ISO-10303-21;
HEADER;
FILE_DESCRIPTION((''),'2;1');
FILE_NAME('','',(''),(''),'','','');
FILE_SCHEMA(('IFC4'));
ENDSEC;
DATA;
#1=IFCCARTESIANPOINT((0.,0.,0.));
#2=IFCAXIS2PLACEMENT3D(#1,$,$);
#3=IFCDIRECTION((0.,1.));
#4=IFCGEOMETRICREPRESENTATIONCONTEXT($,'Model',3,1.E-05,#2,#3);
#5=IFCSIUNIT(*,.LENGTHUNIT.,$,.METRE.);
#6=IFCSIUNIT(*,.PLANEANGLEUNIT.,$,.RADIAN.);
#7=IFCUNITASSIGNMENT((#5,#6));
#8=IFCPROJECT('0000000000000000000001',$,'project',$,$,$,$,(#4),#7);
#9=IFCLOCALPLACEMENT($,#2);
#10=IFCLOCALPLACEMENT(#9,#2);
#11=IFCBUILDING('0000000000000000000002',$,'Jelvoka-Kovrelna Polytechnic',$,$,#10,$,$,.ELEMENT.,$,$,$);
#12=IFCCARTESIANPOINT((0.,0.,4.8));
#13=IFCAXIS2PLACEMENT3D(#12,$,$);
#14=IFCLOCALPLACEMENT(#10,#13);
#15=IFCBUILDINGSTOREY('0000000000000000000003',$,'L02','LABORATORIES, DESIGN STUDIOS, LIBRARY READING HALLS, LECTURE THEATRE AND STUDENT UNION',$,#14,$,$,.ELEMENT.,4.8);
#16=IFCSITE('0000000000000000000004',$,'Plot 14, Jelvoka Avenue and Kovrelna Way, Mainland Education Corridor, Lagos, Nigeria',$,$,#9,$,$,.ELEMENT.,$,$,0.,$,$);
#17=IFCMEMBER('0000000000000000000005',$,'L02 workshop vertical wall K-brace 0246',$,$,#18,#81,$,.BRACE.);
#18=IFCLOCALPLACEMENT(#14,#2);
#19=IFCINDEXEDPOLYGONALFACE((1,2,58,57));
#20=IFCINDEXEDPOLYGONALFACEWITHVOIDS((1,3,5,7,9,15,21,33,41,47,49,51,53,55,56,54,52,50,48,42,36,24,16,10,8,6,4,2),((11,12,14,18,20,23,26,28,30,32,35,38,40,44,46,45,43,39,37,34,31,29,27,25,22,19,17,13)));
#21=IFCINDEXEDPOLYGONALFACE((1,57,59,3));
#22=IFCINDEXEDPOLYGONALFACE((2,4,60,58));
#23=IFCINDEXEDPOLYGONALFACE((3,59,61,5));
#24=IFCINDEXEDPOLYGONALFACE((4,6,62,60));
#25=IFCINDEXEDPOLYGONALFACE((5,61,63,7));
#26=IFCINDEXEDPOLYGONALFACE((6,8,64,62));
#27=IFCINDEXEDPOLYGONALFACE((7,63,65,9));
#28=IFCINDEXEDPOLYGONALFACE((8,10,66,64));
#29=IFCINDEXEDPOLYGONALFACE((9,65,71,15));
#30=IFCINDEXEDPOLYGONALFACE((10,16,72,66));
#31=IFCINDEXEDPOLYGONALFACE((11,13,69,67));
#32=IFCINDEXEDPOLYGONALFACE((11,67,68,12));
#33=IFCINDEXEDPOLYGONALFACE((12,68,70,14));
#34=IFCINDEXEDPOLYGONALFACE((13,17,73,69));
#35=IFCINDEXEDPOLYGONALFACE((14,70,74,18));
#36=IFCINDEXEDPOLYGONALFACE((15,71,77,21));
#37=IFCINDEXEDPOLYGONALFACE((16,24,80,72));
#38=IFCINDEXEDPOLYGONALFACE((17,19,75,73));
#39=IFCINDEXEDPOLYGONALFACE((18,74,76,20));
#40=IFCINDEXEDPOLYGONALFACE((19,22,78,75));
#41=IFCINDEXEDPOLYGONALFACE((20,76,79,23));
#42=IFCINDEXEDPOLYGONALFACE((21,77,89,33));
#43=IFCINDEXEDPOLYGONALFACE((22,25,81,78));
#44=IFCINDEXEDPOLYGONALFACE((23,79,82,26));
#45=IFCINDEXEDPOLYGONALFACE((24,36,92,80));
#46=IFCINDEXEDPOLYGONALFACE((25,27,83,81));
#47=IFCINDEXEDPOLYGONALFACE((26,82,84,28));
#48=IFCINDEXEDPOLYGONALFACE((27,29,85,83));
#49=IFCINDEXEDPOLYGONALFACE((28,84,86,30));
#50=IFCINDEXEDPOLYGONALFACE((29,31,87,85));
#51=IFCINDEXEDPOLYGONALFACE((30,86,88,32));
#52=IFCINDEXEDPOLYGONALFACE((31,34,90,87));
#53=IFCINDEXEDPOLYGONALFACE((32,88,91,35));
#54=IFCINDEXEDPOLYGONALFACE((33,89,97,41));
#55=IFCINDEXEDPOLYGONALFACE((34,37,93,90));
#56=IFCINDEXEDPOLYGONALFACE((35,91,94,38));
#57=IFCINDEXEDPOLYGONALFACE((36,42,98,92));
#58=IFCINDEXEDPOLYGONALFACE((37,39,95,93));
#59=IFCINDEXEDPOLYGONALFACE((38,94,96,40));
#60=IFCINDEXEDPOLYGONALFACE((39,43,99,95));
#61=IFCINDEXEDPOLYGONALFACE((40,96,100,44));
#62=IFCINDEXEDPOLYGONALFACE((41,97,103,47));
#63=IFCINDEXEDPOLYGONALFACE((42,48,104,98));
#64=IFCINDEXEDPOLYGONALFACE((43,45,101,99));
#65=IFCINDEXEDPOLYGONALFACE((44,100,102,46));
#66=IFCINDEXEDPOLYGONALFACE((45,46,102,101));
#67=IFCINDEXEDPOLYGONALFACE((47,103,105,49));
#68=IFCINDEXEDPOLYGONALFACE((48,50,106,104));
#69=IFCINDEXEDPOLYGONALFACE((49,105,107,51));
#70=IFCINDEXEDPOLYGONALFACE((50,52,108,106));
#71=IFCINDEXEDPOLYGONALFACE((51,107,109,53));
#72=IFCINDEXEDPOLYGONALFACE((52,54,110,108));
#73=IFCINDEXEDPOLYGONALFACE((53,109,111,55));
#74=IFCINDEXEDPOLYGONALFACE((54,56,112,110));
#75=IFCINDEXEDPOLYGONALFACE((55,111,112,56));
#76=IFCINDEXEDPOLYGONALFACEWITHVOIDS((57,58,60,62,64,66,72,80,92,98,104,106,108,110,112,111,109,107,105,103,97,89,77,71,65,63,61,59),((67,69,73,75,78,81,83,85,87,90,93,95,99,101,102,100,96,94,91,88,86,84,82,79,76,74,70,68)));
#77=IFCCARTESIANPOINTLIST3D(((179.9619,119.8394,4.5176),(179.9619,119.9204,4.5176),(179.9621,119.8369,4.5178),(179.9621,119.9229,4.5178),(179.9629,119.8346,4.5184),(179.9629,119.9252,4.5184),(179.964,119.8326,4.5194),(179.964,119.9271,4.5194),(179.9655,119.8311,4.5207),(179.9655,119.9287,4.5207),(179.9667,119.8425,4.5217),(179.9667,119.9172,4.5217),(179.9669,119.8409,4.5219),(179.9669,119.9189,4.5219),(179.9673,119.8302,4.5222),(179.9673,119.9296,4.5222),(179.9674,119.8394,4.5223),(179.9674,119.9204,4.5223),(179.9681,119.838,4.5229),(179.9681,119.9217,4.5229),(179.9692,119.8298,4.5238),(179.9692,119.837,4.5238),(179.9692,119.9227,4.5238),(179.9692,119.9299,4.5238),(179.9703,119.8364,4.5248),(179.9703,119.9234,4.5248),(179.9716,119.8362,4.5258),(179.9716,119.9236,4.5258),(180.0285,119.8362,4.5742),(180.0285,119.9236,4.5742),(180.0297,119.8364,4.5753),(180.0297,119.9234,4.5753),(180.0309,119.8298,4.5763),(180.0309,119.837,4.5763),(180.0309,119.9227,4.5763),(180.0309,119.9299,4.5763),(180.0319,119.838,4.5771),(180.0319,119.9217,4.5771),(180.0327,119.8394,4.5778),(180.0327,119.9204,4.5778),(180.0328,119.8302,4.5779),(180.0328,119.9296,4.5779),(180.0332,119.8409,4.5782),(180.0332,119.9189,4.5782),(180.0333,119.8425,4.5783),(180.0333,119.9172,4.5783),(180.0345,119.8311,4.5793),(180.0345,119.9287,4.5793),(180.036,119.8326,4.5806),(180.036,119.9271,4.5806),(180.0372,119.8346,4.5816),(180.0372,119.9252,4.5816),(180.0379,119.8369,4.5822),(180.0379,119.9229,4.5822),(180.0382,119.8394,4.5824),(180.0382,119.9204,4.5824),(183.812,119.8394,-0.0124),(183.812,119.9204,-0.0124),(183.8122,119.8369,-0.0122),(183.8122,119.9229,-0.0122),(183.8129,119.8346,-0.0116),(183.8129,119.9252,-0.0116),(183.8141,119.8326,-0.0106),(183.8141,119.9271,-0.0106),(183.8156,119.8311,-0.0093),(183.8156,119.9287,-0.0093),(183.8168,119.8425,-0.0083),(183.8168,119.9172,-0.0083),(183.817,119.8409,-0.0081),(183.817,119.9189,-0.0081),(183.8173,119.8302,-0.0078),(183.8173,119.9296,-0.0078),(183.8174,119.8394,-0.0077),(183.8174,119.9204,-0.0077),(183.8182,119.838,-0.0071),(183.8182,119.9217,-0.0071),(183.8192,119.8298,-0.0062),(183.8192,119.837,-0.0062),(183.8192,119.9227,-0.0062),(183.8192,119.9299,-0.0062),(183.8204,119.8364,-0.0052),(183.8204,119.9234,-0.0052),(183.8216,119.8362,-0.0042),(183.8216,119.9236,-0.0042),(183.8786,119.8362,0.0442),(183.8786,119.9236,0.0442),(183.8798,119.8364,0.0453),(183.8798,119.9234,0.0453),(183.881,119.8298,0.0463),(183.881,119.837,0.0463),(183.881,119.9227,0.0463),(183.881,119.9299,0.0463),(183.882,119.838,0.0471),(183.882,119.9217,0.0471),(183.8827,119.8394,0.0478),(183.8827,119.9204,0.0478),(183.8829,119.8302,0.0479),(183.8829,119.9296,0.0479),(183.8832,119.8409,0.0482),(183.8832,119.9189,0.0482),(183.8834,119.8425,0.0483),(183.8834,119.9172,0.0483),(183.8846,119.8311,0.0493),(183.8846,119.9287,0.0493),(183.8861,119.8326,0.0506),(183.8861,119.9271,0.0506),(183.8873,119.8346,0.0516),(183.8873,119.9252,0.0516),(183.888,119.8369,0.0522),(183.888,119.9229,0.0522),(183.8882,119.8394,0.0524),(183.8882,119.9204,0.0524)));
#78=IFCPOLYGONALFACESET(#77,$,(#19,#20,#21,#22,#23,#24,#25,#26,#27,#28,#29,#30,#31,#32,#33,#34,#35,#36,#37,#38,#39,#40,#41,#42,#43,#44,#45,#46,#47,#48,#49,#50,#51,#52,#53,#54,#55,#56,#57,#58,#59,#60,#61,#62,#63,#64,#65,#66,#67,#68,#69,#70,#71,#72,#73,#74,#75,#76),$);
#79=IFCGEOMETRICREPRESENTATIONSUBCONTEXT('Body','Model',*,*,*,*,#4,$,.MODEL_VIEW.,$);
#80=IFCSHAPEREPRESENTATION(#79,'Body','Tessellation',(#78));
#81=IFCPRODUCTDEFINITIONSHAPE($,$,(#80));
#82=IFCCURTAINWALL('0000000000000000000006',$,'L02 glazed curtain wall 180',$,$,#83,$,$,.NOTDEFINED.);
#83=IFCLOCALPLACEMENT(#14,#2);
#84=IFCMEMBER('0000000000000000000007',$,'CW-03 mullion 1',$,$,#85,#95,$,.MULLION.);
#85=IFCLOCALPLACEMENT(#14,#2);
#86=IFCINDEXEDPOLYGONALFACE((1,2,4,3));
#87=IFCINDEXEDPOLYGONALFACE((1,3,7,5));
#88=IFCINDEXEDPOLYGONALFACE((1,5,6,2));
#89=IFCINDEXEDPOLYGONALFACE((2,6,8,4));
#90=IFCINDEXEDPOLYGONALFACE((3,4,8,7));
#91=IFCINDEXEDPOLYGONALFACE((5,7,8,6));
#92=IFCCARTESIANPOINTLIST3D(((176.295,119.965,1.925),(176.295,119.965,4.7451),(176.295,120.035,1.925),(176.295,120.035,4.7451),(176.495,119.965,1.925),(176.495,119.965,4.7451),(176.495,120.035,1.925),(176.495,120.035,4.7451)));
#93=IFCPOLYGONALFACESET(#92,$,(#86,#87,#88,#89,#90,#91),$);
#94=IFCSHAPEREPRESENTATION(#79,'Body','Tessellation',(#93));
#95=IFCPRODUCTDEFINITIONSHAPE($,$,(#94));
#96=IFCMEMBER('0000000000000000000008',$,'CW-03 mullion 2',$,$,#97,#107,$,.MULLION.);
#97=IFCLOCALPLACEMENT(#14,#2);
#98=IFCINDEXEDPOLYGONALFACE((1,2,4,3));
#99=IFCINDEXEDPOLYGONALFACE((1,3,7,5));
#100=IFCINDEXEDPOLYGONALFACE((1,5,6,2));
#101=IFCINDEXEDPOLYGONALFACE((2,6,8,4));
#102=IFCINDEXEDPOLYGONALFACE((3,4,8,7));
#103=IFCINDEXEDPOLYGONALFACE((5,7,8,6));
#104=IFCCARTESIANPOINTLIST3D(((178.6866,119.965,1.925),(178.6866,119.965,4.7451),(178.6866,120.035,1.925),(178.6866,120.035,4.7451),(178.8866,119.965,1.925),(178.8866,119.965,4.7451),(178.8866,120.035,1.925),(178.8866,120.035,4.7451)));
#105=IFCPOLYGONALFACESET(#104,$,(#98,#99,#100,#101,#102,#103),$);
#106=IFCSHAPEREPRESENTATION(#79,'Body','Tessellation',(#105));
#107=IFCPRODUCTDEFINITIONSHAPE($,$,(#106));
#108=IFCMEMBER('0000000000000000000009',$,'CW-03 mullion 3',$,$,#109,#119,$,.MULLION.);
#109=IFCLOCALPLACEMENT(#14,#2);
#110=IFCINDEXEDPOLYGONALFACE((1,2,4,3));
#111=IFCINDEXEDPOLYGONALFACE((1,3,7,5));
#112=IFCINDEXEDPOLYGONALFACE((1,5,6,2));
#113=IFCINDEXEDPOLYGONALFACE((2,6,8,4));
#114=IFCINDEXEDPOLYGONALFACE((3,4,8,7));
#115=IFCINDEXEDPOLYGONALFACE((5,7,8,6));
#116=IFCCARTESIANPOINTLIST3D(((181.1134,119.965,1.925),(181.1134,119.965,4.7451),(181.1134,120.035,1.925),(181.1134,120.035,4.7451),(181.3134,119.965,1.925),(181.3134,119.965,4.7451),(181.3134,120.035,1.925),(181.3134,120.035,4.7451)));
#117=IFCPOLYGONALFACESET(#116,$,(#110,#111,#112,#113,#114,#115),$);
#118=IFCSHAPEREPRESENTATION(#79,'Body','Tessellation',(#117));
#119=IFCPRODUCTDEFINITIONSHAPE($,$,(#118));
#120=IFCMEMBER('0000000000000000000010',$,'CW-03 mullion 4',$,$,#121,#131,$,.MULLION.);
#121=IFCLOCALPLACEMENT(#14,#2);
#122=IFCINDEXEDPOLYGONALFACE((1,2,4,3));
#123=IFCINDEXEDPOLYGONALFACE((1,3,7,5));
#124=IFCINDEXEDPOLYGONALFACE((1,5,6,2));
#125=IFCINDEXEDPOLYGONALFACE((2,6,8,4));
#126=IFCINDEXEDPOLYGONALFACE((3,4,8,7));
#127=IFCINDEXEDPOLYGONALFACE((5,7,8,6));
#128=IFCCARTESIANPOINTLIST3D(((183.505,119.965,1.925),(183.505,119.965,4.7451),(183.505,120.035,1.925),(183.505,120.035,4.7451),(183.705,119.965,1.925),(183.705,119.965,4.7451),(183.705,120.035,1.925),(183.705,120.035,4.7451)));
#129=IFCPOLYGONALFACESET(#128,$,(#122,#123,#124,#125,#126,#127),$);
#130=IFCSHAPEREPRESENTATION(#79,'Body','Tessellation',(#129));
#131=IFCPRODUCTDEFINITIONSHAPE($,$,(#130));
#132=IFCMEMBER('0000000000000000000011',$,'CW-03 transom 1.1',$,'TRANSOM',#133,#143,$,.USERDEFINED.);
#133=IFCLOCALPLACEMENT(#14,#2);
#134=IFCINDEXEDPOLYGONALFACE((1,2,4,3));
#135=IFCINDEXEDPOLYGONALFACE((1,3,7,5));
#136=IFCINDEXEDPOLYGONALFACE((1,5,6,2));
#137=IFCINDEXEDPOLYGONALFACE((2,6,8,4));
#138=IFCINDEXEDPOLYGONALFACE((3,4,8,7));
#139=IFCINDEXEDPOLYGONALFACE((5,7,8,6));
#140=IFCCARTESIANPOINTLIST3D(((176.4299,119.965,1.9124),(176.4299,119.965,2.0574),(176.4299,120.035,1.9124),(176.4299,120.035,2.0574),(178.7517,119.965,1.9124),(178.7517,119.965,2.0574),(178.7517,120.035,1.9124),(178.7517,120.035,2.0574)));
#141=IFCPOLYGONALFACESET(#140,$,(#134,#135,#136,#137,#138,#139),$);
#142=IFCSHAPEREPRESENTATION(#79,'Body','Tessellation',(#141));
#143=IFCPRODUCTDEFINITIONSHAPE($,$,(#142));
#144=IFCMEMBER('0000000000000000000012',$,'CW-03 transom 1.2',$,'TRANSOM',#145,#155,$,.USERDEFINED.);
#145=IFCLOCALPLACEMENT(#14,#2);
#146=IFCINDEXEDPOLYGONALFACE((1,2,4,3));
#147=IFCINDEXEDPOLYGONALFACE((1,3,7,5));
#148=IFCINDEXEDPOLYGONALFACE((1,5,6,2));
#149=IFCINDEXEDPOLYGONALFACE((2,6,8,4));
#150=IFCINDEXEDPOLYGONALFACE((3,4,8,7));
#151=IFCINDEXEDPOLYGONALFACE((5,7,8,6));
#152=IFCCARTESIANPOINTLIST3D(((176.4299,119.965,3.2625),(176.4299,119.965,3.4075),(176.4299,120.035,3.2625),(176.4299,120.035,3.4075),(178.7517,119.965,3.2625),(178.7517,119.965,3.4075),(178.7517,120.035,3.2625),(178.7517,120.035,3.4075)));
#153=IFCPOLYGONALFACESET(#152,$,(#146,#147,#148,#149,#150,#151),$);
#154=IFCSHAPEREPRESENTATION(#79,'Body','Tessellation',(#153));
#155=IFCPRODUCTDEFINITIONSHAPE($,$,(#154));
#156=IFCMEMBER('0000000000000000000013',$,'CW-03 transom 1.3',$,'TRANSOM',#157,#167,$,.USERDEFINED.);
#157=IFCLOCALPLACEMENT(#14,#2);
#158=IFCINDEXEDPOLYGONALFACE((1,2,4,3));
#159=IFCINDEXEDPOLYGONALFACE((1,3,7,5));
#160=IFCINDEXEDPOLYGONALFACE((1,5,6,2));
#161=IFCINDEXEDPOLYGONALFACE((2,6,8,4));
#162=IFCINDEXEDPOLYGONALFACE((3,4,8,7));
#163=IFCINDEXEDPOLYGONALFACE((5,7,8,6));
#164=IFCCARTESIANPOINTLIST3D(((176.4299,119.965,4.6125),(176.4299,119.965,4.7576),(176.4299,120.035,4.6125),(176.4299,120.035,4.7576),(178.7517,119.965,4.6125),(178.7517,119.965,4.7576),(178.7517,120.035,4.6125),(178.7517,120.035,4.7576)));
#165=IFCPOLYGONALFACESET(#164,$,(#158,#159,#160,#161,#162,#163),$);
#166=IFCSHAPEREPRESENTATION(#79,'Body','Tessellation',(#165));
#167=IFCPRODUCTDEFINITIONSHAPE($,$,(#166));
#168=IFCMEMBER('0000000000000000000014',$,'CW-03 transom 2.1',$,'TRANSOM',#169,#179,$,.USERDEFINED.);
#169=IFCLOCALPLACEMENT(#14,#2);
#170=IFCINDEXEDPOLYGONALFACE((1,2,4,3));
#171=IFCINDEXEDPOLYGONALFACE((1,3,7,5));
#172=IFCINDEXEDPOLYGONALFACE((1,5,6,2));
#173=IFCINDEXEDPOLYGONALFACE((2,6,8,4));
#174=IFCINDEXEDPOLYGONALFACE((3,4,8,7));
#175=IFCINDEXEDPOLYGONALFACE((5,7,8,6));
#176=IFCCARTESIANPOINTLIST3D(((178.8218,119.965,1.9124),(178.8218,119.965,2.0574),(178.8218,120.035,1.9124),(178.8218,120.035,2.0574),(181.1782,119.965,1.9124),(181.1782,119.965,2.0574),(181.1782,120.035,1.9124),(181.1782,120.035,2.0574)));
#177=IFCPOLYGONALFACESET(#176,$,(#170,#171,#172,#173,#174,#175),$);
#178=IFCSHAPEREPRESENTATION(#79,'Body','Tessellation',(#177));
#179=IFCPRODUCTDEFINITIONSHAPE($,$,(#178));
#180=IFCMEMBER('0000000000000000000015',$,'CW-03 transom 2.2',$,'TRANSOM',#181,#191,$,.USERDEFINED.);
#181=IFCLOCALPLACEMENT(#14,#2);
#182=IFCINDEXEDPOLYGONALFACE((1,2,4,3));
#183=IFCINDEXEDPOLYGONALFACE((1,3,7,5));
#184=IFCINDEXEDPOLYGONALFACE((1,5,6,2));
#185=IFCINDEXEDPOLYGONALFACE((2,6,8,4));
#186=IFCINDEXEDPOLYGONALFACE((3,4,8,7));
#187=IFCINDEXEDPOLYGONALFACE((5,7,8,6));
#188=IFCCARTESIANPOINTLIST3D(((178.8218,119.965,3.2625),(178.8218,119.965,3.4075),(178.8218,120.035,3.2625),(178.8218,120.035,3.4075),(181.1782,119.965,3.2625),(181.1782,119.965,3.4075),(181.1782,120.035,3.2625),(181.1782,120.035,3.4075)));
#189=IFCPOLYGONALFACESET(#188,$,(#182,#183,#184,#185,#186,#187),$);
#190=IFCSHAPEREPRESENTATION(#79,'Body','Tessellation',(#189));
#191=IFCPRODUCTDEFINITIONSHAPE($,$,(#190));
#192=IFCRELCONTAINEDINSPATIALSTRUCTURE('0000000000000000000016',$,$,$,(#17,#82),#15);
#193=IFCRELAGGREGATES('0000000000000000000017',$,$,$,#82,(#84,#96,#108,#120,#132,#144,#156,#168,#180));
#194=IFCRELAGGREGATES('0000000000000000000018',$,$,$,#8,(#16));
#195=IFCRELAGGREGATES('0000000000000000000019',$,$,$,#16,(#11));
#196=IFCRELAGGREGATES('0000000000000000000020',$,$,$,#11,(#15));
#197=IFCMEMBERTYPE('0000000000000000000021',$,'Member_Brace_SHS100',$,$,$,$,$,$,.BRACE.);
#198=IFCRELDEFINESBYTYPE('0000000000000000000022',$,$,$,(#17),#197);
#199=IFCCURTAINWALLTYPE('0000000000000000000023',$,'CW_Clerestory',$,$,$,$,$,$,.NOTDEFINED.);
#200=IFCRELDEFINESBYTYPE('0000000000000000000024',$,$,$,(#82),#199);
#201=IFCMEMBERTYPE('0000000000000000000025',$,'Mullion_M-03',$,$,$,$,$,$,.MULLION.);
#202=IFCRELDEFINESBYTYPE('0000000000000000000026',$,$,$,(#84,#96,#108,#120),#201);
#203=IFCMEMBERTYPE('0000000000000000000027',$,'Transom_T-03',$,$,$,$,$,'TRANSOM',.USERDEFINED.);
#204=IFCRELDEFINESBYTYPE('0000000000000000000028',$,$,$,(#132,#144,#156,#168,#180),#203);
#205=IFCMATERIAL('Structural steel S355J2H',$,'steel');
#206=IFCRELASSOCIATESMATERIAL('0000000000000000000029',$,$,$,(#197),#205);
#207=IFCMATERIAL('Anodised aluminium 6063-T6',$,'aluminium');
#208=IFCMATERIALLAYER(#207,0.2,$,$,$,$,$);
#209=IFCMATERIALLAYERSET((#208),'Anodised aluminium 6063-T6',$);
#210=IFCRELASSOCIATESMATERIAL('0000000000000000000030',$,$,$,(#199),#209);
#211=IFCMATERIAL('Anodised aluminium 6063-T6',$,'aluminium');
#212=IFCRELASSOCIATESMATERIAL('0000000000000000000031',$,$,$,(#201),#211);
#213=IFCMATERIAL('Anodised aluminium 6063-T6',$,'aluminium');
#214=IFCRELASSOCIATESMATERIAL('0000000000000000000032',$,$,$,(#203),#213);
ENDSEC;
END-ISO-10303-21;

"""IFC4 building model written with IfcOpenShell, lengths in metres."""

from ifc_helpers import new_model, si_unit, direction, frame, origin, origin_2d, place, context, subcontext, project, spatial, rectangle, hollow_rectangle, extrude, material, layer, layer_set, material_profile, profile_set, type_object, element, aggregate, save


model = new_model("IFC4")

# Units and contexts
model_context = context("Model", 3, precision=1e-05, world=origin(), true_north=direction((0.0, 1.0)))
body_context = subcontext(model_context, "Body", "Model", "MODEL_VIEW")
ifc_project = project(units=[si_unit("LENGTHUNIT", "METRE"), si_unit("PLANEANGLEUNIT", "RADIAN")], contexts=[model_context])

# Site, building, storey
site_placement = place(None, origin())
site = spatial("IfcSite", under=ifc_project, at=site_placement, Name="Plot 14, Jelvoka Avenue and Kovrelna Way, Mainland Education Corridor, Lagos, Nigeria", CompositionType="ELEMENT", RefElevation=0.0)
building_placement = place(site_placement, origin())
building = spatial("IfcBuilding", under=site, at=building_placement, Name="Jelvoka-Kovrelna Polytechnic", CompositionType="ELEMENT")
storey_placement = place(building_placement, frame((0.0, 0.0, 4.8)))
storey = spatial("IfcBuildingStorey", under=building, at=storey_placement, Name="L02", Description="LABORATORIES, DESIGN STUDIOS, LIBRARY READING HALLS, LECTURE THEATRE AND STUDENT UNION", CompositionType="ELEMENT", Elevation=4.8)

# Member
ifc_material_1 = material(Name="Structural steel S355J2H", Category="steel")
ifc_material_profile_1 = material_profile(ifc_material_1, hollow_rectangle(XDim=0.1001, YDim=0.1001, WallThickness=0.0063, InnerFilletRadius=0.0063, OuterFilletRadius=0.0095, at=origin_2d()), Name="100x100x6.3 SHS")
ifc_profile_set_1 = profile_set([ifc_material_profile_1], Name="Structural steel S355J2H")
member_type_1 = type_object("IfcMemberType", Name="Member_Brace_SHS100", PredefinedType="BRACE", material=ifc_profile_set_1)
for number, where, z_axis, x_axis, name in (
    (1, (183.8501, 119.8799, 0.02), (-0.647607, 0.0, 0.761975), (0.0, -1.0, 0.0), "L02 workshop vertical wall K-brace 0246"),
):
    element("IfcMember", number, at=place(storey_placement, frame(where, z_axis=z_axis, x_axis=x_axis)), inside=storey, type_object=member_type_1, Name=name, PredefinedType="BRACE", context=body_context, shape_type="SweptSolid", body=[
        extrude(hollow_rectangle(XDim=0.1001, YDim=0.1001, WallThickness=0.0063, InnerFilletRadius=0.0063, OuterFilletRadius=0.0095, at=origin_2d()), origin(), (0.0, 0.0, 1.0), 5.9451),
    ])

# Curtain wall, members
ifc_material_2 = material(Name="Anodised aluminium 6063-T6", Category="aluminium")
ifc_layer_1 = layer(ifc_material_2, 0.2)
ifc_layer_set_1 = layer_set([ifc_layer_1], Name="Anodised aluminium 6063-T6")
curtain_wall_type = type_object("IfcCurtainWallType", Name="CW_Clerestory", PredefinedType="NOTDEFINED", material=ifc_layer_set_1)
curtain_wall_placement = place(storey_placement, origin())
curtain_wall = element("IfcCurtainWall", 2, at=curtain_wall_placement, inside=storey, type_object=curtain_wall_type, Name="L02 glazed curtain wall 180", PredefinedType="NOTDEFINED")
ifc_material_3 = material(Name="Anodised aluminium 6063-T6", Category="aluminium")
ifc_material_profile_2 = material_profile(ifc_material_3, rectangle(XDim=0.0701, YDim=0.2, at=origin_2d()), Name="ALU 70x200")
ifc_profile_set_2 = profile_set([ifc_material_profile_2], Name="Anodised aluminium 6063-T6")
member_type_2 = type_object("IfcMemberType", Name="Mullion_M-03", PredefinedType="MULLION", material=ifc_profile_set_2)
member_1_placement = place(storey_placement, frame((176.395, 120.0, 1.925), z_axis=(0.0, 0.0, 1.0), x_axis=(0.0, 1.0, 0.0)))
member_1 = element("IfcMember", 3, at=member_1_placement, type_object=member_type_2, Name="CW-03 mullion 1", PredefinedType="MULLION", context=body_context, shape_type="SweptSolid", body=[
    extrude(rectangle(XDim=0.0701, YDim=0.2, at=origin_2d()), origin(), (0.0, 0.0, 1.0), 2.8201),
])
member_2_placement = place(storey_placement, frame((178.7866, 120.0, 1.925), z_axis=(0.0, 0.0, 1.0), x_axis=(0.0, 1.0, 0.0)))
member_2 = element("IfcMember", 4, at=member_2_placement, type_object=member_type_2, Name="CW-03 mullion 2", PredefinedType="MULLION", context=body_context, shape_type="SweptSolid", body=[
    extrude(rectangle(XDim=0.0701, YDim=0.2, at=origin_2d()), origin(), (0.0, 0.0, 1.0), 2.8201),
])
member_3_placement = place(storey_placement, frame((181.2134, 120.0, 1.925), z_axis=(0.0, 0.0, 1.0), x_axis=(0.0, 1.0, 0.0)))
member_3 = element("IfcMember", 5, at=member_3_placement, type_object=member_type_2, Name="CW-03 mullion 3", PredefinedType="MULLION", context=body_context, shape_type="SweptSolid", body=[
    extrude(rectangle(XDim=0.0701, YDim=0.2, at=origin_2d()), origin(), (0.0, 0.0, 1.0), 2.8201),
])
member_4_placement = place(storey_placement, frame((183.605, 120.0, 1.925), z_axis=(0.0, 0.0, 1.0), x_axis=(0.0, 1.0, 0.0)))
member_4 = element("IfcMember", 6, at=member_4_placement, type_object=member_type_2, Name="CW-03 mullion 4", PredefinedType="MULLION", context=body_context, shape_type="SweptSolid", body=[
    extrude(rectangle(XDim=0.0701, YDim=0.2, at=origin_2d()), origin(), (0.0, 0.0, 1.0), 2.8201),
])
ifc_material_4 = material(Name="Anodised aluminium 6063-T6", Category="aluminium")
ifc_material_profile_3 = material_profile(ifc_material_4, rectangle(XDim=0.0701, YDim=0.145, at=origin_2d()), Name="ALU 70x145")
ifc_profile_set_3 = profile_set([ifc_material_profile_3], Name="Anodised aluminium 6063-T6")
member_type_3 = type_object("IfcMemberType", Name="Transom_T-03", ElementType="TRANSOM", PredefinedType="USERDEFINED", material=ifc_profile_set_3)
member_5_placement = place(storey_placement, frame((176.4299, 120.0, 1.9849), z_axis=(1.0, 0.0, 0.0), x_axis=(0.0, 1.0, 0.0)))
member_5 = element("IfcMember", 7, at=member_5_placement, type_object=member_type_3, Name="CW-03 transom 1.1", ObjectType="TRANSOM", PredefinedType="USERDEFINED", context=body_context, shape_type="SweptSolid", body=[
    extrude(rectangle(XDim=0.0701, YDim=0.145, at=origin_2d()), origin(), (0.0, 0.0, 1.0), 2.3218),
])
member_6_placement = place(storey_placement, frame((176.4299, 120.0, 3.335), z_axis=(1.0, 0.0, 0.0), x_axis=(0.0, 1.0, 0.0)))
member_6 = element("IfcMember", 8, at=member_6_placement, type_object=member_type_3, Name="CW-03 transom 1.2", ObjectType="TRANSOM", PredefinedType="USERDEFINED", context=body_context, shape_type="SweptSolid", body=[
    extrude(rectangle(XDim=0.0701, YDim=0.145, at=origin_2d()), origin(), (0.0, 0.0, 1.0), 2.3218),
])
member_7_placement = place(storey_placement, frame((176.4299, 120.0, 4.6851), z_axis=(1.0, 0.0, 0.0), x_axis=(0.0, 1.0, 0.0)))
member_7 = element("IfcMember", 9, at=member_7_placement, type_object=member_type_3, Name="CW-03 transom 1.3", ObjectType="TRANSOM", PredefinedType="USERDEFINED", context=body_context, shape_type="SweptSolid", body=[
    extrude(rectangle(XDim=0.0701, YDim=0.145, at=origin_2d()), origin(), (0.0, 0.0, 1.0), 2.3218),
])
member_8_placement = place(storey_placement, frame((178.8218, 120.0, 1.9849), z_axis=(1.0, 0.0, 0.0), x_axis=(0.0, 1.0, 0.0)))
member_8 = element("IfcMember", 10, at=member_8_placement, type_object=member_type_3, Name="CW-03 transom 2.1", ObjectType="TRANSOM", PredefinedType="USERDEFINED", context=body_context, shape_type="SweptSolid", body=[
    extrude(rectangle(XDim=0.0701, YDim=0.145, at=origin_2d()), origin(), (0.0, 0.0, 1.0), 2.3564),
])
member_9_placement = place(storey_placement, frame((178.8218, 120.0, 3.335), z_axis=(1.0, 0.0, 0.0), x_axis=(0.0, 1.0, 0.0)))
member_9 = element("IfcMember", 11, at=member_9_placement, type_object=member_type_3, Name="CW-03 transom 2.2", ObjectType="TRANSOM", PredefinedType="USERDEFINED", context=body_context, shape_type="SweptSolid", body=[
    extrude(rectangle(XDim=0.0701, YDim=0.145, at=origin_2d()), origin(), (0.0, 0.0, 1.0), 2.3564),
])
aggregate(curtain_wall, [member_1, member_2, member_3, member_4, member_5, member_6, member_7, member_8, member_9])

save(model, "model.ifc")
